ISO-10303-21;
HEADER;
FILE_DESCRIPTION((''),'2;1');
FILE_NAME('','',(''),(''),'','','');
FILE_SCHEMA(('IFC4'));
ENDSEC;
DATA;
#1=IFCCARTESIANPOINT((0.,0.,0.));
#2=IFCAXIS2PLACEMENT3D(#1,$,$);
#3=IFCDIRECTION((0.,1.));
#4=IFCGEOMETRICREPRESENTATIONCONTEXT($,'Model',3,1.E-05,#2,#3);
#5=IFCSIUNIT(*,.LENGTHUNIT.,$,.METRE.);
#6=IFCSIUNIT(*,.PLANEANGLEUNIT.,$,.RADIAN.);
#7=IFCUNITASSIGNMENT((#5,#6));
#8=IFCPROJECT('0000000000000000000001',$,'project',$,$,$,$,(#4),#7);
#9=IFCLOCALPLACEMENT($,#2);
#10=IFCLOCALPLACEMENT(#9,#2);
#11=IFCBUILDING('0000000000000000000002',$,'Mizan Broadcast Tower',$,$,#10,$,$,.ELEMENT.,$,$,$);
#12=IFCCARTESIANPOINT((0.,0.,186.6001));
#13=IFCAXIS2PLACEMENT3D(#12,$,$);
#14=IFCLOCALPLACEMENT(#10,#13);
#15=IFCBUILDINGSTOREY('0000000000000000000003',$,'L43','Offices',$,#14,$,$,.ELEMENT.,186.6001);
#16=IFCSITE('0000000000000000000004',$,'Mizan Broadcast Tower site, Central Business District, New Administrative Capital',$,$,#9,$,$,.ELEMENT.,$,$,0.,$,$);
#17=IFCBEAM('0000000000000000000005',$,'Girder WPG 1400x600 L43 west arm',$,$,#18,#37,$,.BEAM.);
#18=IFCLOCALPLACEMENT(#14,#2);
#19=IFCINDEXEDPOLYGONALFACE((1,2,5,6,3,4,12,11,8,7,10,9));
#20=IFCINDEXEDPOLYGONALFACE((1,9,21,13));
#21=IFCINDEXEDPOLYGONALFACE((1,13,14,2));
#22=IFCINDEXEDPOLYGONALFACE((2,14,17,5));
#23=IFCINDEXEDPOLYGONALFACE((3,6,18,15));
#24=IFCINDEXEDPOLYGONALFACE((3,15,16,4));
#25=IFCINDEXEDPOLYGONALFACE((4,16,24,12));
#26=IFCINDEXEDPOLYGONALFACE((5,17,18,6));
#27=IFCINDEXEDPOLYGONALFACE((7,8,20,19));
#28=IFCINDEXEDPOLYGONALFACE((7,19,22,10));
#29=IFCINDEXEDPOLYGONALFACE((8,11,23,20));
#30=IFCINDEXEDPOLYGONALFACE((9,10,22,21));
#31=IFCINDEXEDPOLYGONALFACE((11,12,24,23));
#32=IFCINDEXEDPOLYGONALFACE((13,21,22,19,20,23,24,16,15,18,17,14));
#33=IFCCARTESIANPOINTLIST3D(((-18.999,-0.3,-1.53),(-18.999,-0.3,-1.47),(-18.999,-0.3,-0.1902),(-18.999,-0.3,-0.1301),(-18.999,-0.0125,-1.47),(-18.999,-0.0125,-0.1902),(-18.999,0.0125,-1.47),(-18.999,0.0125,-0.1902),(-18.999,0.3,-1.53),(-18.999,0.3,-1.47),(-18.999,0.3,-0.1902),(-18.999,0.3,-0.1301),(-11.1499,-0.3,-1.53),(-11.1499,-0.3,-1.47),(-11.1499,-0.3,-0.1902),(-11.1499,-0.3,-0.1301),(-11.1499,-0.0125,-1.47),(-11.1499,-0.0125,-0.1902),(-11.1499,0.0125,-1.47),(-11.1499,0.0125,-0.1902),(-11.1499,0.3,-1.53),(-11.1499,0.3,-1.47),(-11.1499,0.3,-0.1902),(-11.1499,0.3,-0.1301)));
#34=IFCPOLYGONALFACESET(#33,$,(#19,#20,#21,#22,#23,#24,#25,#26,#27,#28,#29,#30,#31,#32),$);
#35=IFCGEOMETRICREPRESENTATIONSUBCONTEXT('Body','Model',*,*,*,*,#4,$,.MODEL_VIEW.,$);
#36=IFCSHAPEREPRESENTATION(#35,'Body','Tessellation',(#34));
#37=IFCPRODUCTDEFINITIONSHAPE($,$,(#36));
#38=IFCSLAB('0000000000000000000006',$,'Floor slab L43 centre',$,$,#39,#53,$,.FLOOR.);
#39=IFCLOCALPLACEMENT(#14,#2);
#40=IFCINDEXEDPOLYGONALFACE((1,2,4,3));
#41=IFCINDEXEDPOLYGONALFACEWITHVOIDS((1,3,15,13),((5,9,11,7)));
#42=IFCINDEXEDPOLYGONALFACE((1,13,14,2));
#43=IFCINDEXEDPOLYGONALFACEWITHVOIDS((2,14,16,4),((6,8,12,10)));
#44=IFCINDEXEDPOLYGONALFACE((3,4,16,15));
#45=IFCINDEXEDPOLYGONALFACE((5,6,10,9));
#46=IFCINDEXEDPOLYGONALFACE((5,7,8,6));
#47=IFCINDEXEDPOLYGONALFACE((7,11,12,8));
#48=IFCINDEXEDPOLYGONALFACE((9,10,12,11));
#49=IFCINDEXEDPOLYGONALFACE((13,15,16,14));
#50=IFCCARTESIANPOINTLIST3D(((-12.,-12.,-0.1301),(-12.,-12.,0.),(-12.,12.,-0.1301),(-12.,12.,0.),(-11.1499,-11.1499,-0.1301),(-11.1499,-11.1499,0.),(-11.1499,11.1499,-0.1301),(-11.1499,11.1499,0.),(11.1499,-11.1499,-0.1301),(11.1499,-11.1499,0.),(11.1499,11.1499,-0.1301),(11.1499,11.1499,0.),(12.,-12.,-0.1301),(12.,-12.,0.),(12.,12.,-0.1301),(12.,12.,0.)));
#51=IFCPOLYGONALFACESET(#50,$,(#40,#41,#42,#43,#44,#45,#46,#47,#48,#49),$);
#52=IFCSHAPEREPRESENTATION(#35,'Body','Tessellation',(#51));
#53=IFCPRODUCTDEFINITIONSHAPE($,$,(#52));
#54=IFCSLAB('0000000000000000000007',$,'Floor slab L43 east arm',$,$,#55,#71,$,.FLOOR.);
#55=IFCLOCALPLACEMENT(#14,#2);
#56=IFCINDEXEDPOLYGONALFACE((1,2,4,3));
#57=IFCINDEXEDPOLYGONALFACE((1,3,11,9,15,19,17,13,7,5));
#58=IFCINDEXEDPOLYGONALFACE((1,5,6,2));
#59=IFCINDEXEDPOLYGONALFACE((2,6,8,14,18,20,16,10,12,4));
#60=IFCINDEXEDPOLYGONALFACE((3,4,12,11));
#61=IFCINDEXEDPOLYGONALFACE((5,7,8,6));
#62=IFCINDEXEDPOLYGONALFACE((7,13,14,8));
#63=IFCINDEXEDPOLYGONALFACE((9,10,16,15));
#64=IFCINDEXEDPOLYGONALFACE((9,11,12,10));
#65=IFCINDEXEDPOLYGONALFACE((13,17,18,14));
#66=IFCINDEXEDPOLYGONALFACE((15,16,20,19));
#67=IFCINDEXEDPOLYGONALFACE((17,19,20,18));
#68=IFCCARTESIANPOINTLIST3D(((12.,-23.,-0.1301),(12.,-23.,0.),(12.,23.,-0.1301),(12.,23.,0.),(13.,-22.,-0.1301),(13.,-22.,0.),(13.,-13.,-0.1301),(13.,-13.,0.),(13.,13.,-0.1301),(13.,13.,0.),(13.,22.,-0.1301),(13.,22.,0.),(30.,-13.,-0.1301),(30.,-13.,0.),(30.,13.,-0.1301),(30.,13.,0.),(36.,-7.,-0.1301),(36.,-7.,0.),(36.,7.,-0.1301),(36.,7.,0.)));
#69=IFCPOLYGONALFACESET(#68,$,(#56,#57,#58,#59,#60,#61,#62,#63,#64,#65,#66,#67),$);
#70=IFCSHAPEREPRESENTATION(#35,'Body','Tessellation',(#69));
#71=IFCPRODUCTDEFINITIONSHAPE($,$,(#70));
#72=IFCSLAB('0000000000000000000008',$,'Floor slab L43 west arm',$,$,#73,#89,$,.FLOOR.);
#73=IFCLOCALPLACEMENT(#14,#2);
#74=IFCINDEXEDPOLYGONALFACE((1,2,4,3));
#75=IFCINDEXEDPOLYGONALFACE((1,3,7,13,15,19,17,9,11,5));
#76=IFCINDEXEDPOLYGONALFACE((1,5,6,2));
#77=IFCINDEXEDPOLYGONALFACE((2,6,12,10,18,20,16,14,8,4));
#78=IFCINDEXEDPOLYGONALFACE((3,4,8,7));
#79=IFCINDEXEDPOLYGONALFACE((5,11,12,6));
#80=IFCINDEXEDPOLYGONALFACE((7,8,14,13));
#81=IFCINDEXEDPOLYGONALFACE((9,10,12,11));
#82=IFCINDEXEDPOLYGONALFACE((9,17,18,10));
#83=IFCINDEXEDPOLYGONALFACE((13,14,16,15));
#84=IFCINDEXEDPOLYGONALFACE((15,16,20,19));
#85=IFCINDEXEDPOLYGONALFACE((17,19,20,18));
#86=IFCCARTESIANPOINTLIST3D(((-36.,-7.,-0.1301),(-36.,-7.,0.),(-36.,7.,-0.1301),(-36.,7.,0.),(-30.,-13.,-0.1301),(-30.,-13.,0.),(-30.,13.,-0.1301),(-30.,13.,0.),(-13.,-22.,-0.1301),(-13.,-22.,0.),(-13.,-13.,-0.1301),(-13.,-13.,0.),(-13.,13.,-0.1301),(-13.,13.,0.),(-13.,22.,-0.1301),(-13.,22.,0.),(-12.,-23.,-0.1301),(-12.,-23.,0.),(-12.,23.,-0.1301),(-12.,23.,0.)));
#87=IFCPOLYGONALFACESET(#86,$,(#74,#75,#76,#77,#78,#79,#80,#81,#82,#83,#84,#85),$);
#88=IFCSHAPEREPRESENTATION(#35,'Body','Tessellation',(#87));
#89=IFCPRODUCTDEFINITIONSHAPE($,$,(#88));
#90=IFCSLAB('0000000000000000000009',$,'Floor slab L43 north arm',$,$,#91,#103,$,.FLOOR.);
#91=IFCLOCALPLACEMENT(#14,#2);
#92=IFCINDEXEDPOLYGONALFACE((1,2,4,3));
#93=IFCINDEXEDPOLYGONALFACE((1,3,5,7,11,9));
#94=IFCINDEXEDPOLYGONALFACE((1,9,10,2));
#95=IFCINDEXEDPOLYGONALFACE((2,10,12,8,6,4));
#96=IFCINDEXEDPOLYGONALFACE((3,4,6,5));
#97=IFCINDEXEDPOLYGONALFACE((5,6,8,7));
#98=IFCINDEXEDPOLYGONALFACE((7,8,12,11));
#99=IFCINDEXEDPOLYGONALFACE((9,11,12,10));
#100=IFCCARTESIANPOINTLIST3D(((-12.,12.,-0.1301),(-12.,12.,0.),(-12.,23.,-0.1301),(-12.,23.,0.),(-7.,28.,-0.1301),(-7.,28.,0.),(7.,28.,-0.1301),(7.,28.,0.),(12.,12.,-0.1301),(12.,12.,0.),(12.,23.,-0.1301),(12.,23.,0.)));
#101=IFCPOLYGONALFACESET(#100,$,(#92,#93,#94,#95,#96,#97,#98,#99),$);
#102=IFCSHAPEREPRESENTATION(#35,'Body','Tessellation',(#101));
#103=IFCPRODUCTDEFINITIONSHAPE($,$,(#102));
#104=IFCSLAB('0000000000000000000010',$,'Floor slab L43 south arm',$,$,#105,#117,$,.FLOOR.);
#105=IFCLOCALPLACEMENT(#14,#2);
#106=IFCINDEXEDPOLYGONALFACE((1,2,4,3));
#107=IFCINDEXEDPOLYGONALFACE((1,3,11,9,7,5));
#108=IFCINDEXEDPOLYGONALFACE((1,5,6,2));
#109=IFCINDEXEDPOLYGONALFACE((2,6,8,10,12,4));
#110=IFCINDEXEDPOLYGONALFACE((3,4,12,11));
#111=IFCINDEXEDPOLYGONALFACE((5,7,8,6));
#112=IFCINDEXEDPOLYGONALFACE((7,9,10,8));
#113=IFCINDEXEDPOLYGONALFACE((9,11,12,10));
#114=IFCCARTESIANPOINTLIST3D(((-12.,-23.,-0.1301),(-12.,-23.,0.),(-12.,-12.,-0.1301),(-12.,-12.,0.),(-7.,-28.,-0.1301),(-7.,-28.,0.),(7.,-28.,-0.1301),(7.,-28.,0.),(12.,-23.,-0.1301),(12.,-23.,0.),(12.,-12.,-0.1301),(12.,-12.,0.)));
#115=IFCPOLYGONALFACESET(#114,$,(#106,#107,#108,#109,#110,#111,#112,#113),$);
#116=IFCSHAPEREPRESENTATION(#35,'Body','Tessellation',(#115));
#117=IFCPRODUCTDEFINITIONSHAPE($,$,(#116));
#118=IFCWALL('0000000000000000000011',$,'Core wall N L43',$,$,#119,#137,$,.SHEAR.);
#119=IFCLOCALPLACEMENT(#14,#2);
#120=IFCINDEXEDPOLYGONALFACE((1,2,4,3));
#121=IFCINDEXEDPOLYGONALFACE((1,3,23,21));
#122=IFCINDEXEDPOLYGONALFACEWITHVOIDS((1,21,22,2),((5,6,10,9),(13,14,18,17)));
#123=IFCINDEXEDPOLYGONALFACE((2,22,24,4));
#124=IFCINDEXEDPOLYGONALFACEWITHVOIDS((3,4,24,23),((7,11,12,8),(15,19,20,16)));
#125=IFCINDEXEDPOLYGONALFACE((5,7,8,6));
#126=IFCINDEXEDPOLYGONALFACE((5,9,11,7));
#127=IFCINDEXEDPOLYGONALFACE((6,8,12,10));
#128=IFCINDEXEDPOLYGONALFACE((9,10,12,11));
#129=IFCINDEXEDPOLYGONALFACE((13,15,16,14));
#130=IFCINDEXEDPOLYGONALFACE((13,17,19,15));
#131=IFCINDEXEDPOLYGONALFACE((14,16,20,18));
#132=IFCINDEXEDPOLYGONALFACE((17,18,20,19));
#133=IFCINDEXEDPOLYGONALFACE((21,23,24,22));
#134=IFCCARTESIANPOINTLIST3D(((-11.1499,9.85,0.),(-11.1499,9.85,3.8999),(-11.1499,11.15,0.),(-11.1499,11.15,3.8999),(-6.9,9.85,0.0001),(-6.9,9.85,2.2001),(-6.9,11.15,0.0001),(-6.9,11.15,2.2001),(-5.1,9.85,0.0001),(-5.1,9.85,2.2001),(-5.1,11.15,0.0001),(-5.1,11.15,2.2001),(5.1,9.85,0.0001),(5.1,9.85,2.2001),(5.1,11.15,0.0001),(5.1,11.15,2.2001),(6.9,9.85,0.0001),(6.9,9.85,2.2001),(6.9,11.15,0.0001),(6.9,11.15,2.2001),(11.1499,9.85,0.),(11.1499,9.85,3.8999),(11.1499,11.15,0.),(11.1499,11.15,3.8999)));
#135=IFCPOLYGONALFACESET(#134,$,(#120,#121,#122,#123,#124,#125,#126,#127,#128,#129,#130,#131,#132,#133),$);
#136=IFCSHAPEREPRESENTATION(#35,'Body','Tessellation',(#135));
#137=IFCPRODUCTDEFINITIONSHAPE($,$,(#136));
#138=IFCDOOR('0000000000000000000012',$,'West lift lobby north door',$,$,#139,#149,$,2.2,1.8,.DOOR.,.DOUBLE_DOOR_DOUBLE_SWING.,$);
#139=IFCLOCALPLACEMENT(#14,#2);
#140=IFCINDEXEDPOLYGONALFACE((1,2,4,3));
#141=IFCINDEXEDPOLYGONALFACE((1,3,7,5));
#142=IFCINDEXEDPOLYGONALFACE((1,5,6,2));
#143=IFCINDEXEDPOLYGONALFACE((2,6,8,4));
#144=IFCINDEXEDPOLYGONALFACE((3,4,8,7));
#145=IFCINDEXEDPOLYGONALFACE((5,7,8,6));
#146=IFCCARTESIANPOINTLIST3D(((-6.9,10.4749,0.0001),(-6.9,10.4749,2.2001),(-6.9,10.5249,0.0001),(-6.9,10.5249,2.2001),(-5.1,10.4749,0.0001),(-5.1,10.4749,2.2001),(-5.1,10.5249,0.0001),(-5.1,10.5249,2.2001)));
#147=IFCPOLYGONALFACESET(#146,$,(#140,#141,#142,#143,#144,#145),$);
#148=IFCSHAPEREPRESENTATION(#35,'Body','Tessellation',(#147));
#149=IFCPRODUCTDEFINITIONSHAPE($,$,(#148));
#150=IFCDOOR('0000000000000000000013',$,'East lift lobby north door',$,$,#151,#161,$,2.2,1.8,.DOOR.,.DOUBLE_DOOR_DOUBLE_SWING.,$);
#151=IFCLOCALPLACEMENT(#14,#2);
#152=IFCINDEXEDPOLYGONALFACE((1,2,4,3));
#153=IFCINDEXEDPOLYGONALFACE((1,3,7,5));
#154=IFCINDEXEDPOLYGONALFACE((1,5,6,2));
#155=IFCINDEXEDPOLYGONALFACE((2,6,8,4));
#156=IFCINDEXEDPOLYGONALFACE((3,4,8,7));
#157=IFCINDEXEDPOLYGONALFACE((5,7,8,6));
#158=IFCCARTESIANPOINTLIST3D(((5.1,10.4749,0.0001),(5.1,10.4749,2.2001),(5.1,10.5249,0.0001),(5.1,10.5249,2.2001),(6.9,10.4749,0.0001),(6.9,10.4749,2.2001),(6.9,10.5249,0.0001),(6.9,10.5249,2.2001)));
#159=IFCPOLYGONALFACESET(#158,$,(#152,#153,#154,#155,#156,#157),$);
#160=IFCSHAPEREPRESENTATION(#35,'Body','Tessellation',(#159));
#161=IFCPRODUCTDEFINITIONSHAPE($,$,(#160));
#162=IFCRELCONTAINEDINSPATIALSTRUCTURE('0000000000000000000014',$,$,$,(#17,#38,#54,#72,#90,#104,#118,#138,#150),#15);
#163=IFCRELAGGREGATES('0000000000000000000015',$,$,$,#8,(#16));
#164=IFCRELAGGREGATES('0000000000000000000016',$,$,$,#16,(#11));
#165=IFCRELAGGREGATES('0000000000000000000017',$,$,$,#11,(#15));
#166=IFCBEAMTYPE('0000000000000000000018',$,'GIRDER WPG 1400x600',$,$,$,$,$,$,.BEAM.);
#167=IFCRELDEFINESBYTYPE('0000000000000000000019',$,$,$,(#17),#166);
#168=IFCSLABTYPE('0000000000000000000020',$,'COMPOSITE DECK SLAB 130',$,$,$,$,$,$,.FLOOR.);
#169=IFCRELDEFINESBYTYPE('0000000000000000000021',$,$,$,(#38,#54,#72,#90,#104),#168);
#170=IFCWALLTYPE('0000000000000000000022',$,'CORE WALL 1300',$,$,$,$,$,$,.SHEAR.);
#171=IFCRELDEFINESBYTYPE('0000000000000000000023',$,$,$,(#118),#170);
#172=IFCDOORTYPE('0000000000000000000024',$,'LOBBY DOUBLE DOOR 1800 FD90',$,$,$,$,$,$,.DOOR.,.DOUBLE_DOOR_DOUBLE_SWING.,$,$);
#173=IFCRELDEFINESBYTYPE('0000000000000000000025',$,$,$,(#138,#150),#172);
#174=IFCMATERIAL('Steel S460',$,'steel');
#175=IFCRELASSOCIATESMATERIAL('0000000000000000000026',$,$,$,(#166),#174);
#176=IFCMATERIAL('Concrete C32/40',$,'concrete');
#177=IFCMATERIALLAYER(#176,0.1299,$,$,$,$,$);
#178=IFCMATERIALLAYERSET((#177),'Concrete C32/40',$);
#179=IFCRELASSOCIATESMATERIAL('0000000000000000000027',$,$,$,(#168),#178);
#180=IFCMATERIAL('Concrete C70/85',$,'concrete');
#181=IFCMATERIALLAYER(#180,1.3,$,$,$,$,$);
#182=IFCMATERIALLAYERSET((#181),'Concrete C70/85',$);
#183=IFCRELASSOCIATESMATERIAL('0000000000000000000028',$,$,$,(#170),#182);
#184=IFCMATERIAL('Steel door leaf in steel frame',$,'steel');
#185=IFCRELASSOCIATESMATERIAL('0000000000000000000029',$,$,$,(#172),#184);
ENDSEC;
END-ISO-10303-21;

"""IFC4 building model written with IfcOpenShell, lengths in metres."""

from ifc_helpers import new_model, si_unit, direction, frame, frame_2d, origin, origin_2d, place, context, subcontext, project, spatial, polyline, rectangle, i_section, outline, extrude, material, layer, layer_set, material_profile, profile_set, type_object, element, fill, save


model = new_model("IFC4")

# Units and contexts
model_context = context("Model", 3, precision=1e-05, world=origin(), true_north=direction((0.0, 1.0)))
body_context = subcontext(model_context, "Body", "Model", "MODEL_VIEW")
ifc_project = project(units=[si_unit("LENGTHUNIT", "METRE"), si_unit("PLANEANGLEUNIT", "RADIAN")], contexts=[model_context])

# Site, building, storey
site_placement = place(None, origin())
site = spatial("IfcSite", under=ifc_project, at=site_placement, Name="Mizan Broadcast Tower site, Central Business District, New Administrative Capital", CompositionType="ELEMENT", RefElevation=0.0)
building_placement = place(site_placement, origin())
building = spatial("IfcBuilding", under=site, at=building_placement, Name="Mizan Broadcast Tower", CompositionType="ELEMENT")
storey_placement = place(building_placement, frame((0.0, 0.0, 186.6001)))
storey = spatial("IfcBuildingStorey", under=building, at=storey_placement, Name="L43", Description="Offices", CompositionType="ELEMENT", Elevation=186.6001)

# Beam
ifc_material_1 = material(Name="Steel S460", Category="steel")
ifc_material_profile = material_profile(ifc_material_1, i_section(OverallWidth=0.6001, OverallDepth=1.3999, WebThickness=0.0249, FlangeThickness=0.0601, at=origin_2d()), Name="WPG 1400x600")
ifc_profile_set = profile_set([ifc_material_profile], Name="Steel S460")
beam_type = type_object("IfcBeamType", Name="GIRDER WPG 1400x600", PredefinedType="BEAM", material=ifc_profile_set)
beam_placement = place(storey_placement, frame((-11.1499, 0.0, -0.8301), z_axis=(-1.0, 0.0, 0.0), x_axis=(0.0, -1.0, 0.0)))
element("IfcBeam", 1, at=beam_placement, inside=storey, type_object=beam_type, Name="Girder WPG 1400x600 L43 west arm", PredefinedType="BEAM", context=body_context, shape_type="SweptSolid", body=[
    extrude(i_section(OverallWidth=0.6001, OverallDepth=1.3999, WebThickness=0.0249, FlangeThickness=0.0601, at=origin_2d()), origin(), (0.0, 0.0, 1.0), 7.8491),
])

# Slabs
ifc_material_2 = material(Name="Concrete C32/40", Category="concrete")
ifc_layer_1 = layer(ifc_material_2, 0.1299)
ifc_layer_set_1 = layer_set([ifc_layer_1], Name="Concrete C32/40")
slab_type = type_object("IfcSlabType", Name="COMPOSITE DECK SLAB 130", PredefinedType="FLOOR", material=ifc_layer_set_1)
slab_1_placement = place(storey_placement, frame((0.0, 0.0, -0.1301)))
element("IfcSlab", 2, at=slab_1_placement, inside=storey, type_object=slab_type, Name="Floor slab L43 centre", PredefinedType="FLOOR", context=body_context, shape_type="SweptSolid", body=[
    extrude(outline(polyline([(-12.0, -12.0), (12.0, -12.0), (12.0, 12.0), (-12.0, 12.0), (-12.0, -12.0)]), holes=[polyline([(-11.1499, 11.1499), (11.1499, 11.1499), (11.1499, -11.1499), (-11.1499, -11.1499), (-11.1499, 11.1499)])]), origin(), (0.0, 0.0, 1.0), 0.1301),
])
slab_2_placement = place(storey_placement, frame((0.0, 0.0, -0.1301)))
element("IfcSlab", 3, at=slab_2_placement, inside=storey, type_object=slab_type, Name="Floor slab L43 east arm", PredefinedType="FLOOR", context=body_context, shape_type="SweptSolid", body=[
    extrude(outline(polyline([(12.0, -23.0), (13.0, -22.0), (13.0, -13.0), (30.0, -13.0), (36.0, -7.0), (36.0, 7.0), (30.0, 13.0), (13.0, 13.0), (13.0, 22.0), (12.0, 23.0), (12.0, -23.0)])), origin(), (0.0, 0.0, 1.0), 0.1301),
])
slab_3_placement = place(storey_placement, frame((0.0, 0.0, -0.1301)))
element("IfcSlab", 4, at=slab_3_placement, inside=storey, type_object=slab_type, Name="Floor slab L43 west arm", PredefinedType="FLOOR", context=body_context, shape_type="SweptSolid", body=[
    extrude(outline(polyline([(-13.0, -22.0), (-12.0, -23.0), (-12.0, 23.0), (-13.0, 22.0), (-13.0, 13.0), (-30.0, 13.0), (-36.0, 7.0), (-36.0, -7.0), (-30.0, -13.0), (-13.0, -13.0), (-13.0, -22.0)])), origin(), (0.0, 0.0, 1.0), 0.1301),
])
slab_4_placement = place(storey_placement, frame((0.0, 0.0, -0.1301)))
element("IfcSlab", 5, at=slab_4_placement, inside=storey, type_object=slab_type, Name="Floor slab L43 north arm", PredefinedType="FLOOR", context=body_context, shape_type="SweptSolid", body=[
    extrude(outline(polyline([(-7.0, 28.0), (-12.0, 23.0), (-12.0, 12.0), (12.0, 12.0), (12.0, 23.0), (7.0, 28.0), (-7.0, 28.0)])), origin(), (0.0, 0.0, 1.0), 0.1301),
])
slab_5_placement = place(storey_placement, frame((0.0, 0.0, -0.1301)))
element("IfcSlab", 6, at=slab_5_placement, inside=storey, type_object=slab_type, Name="Floor slab L43 south arm", PredefinedType="FLOOR", context=body_context, shape_type="SweptSolid", body=[
    extrude(outline(polyline([(7.0, -28.0), (12.0, -23.0), (12.0, -12.0), (-12.0, -12.0), (-12.0, -23.0), (-7.0, -28.0), (7.0, -28.0)])), origin(), (0.0, 0.0, 1.0), 0.1301),
])

# Wall, openings, doors
ifc_material_3 = material(Name="Concrete C70/85", Category="concrete")
ifc_layer_2 = layer(ifc_material_3, 1.3)
ifc_layer_set_2 = layer_set([ifc_layer_2], Name="Concrete C70/85")
wall_type_1 = type_object("IfcWallType", Name="CORE WALL 1300", PredefinedType="SHEAR", material=ifc_layer_set_2)
wall_1_placement = place(storey_placement, frame((-11.1499, 10.5, 0.0), z_axis=(0.0, 0.0, 1.0), x_axis=(1.0, 0.0, 0.0)))
wall_1 = element("IfcWall", 7, at=wall_1_placement, inside=storey, type_object=wall_type_1, Name="Core wall N L43", PredefinedType="SHEAR", context=body_context, shape_type="SweptSolid", body=[
    extrude(rectangle(XDim=22.2998, YDim=1.3, at=frame_2d((11.1499, 0.0))), origin(), (0.0, 0.0, 1.0), 3.8999),
])
opening_1_placement = place(wall_1_placement, frame((4.25, 0.0, 0.0)))
opening_1 = element("IfcOpeningElement", 8, at=opening_1_placement, cuts=wall_1, PredefinedType="OPENING", context=body_context, shape_type="SweptSolid", body=[
    extrude(rectangle(XDim=1.8, YDim=2.2, at=frame_2d((0.8999, 1.1001))), frame((0.0, 0.6599, 0.0), z_axis=(0.0, -1.0, 0.0), x_axis=(1.0, 0.0, 0.0)), (0.0, 0.0, 1.0), 1.3201),
])
opening_2_placement = place(wall_1_placement, frame((16.25, 0.0, 0.0)))
opening_2 = element("IfcOpeningElement", 9, at=opening_2_placement, cuts=wall_1, PredefinedType="OPENING", context=body_context, shape_type="SweptSolid", body=[
    extrude(rectangle(XDim=1.8, YDim=2.2, at=frame_2d((0.8999, 1.1001))), frame((0.0, 0.6599, 0.0), z_axis=(0.0, -1.0, 0.0), x_axis=(1.0, 0.0, 0.0)), (0.0, 0.0, 1.0), 1.3201),
])
ifc_material_4 = material(Name="Steel door leaf in steel frame", Category="steel")
door_type_1 = type_object("IfcDoorType", Name="LOBBY DOUBLE DOOR 1800 FD90", OperationType="DOUBLE_DOOR_DOUBLE_SWING", PredefinedType="DOOR", material=ifc_material_4)
door_1_placement = place(opening_1_placement, origin())
door_1 = element("IfcDoor", 10, at=door_1_placement, inside=storey, type_object=door_type_1, Name="West lift lobby north door", OperationType="DOUBLE_DOOR_DOUBLE_SWING", OverallHeight=2.2, OverallWidth=1.8, PredefinedType="DOOR", context=body_context, shape_type="SweptSolid", body=[
    extrude(rectangle(XDim=1.8, YDim=2.2, at=frame_2d((0.8999, 1.1001))), frame((0.0, 0.0249, 0.0), z_axis=(0.0, -1.0, 0.0), x_axis=(1.0, 0.0, 0.0)), (0.0, 0.0, 1.0), 0.05),
])
fill(opening_1, door_1)
door_2_placement = place(opening_2_placement, origin())
door_2 = element("IfcDoor", 11, at=door_2_placement, inside=storey, type_object=door_type_1, Name="East lift lobby north door", OperationType="DOUBLE_DOOR_DOUBLE_SWING", OverallHeight=2.2, OverallWidth=1.8, PredefinedType="DOOR", context=body_context, shape_type="SweptSolid", body=[
    extrude(rectangle(XDim=1.8, YDim=2.2, at=frame_2d((0.8999, 1.1001))), frame((0.0, 0.0249, 0.0), z_axis=(0.0, -1.0, 0.0), x_axis=(1.0, 0.0, 0.0)), (0.0, 0.0, 1.0), 0.05),
])
fill(opening_2, door_2)

save(model, "model.ifc")
